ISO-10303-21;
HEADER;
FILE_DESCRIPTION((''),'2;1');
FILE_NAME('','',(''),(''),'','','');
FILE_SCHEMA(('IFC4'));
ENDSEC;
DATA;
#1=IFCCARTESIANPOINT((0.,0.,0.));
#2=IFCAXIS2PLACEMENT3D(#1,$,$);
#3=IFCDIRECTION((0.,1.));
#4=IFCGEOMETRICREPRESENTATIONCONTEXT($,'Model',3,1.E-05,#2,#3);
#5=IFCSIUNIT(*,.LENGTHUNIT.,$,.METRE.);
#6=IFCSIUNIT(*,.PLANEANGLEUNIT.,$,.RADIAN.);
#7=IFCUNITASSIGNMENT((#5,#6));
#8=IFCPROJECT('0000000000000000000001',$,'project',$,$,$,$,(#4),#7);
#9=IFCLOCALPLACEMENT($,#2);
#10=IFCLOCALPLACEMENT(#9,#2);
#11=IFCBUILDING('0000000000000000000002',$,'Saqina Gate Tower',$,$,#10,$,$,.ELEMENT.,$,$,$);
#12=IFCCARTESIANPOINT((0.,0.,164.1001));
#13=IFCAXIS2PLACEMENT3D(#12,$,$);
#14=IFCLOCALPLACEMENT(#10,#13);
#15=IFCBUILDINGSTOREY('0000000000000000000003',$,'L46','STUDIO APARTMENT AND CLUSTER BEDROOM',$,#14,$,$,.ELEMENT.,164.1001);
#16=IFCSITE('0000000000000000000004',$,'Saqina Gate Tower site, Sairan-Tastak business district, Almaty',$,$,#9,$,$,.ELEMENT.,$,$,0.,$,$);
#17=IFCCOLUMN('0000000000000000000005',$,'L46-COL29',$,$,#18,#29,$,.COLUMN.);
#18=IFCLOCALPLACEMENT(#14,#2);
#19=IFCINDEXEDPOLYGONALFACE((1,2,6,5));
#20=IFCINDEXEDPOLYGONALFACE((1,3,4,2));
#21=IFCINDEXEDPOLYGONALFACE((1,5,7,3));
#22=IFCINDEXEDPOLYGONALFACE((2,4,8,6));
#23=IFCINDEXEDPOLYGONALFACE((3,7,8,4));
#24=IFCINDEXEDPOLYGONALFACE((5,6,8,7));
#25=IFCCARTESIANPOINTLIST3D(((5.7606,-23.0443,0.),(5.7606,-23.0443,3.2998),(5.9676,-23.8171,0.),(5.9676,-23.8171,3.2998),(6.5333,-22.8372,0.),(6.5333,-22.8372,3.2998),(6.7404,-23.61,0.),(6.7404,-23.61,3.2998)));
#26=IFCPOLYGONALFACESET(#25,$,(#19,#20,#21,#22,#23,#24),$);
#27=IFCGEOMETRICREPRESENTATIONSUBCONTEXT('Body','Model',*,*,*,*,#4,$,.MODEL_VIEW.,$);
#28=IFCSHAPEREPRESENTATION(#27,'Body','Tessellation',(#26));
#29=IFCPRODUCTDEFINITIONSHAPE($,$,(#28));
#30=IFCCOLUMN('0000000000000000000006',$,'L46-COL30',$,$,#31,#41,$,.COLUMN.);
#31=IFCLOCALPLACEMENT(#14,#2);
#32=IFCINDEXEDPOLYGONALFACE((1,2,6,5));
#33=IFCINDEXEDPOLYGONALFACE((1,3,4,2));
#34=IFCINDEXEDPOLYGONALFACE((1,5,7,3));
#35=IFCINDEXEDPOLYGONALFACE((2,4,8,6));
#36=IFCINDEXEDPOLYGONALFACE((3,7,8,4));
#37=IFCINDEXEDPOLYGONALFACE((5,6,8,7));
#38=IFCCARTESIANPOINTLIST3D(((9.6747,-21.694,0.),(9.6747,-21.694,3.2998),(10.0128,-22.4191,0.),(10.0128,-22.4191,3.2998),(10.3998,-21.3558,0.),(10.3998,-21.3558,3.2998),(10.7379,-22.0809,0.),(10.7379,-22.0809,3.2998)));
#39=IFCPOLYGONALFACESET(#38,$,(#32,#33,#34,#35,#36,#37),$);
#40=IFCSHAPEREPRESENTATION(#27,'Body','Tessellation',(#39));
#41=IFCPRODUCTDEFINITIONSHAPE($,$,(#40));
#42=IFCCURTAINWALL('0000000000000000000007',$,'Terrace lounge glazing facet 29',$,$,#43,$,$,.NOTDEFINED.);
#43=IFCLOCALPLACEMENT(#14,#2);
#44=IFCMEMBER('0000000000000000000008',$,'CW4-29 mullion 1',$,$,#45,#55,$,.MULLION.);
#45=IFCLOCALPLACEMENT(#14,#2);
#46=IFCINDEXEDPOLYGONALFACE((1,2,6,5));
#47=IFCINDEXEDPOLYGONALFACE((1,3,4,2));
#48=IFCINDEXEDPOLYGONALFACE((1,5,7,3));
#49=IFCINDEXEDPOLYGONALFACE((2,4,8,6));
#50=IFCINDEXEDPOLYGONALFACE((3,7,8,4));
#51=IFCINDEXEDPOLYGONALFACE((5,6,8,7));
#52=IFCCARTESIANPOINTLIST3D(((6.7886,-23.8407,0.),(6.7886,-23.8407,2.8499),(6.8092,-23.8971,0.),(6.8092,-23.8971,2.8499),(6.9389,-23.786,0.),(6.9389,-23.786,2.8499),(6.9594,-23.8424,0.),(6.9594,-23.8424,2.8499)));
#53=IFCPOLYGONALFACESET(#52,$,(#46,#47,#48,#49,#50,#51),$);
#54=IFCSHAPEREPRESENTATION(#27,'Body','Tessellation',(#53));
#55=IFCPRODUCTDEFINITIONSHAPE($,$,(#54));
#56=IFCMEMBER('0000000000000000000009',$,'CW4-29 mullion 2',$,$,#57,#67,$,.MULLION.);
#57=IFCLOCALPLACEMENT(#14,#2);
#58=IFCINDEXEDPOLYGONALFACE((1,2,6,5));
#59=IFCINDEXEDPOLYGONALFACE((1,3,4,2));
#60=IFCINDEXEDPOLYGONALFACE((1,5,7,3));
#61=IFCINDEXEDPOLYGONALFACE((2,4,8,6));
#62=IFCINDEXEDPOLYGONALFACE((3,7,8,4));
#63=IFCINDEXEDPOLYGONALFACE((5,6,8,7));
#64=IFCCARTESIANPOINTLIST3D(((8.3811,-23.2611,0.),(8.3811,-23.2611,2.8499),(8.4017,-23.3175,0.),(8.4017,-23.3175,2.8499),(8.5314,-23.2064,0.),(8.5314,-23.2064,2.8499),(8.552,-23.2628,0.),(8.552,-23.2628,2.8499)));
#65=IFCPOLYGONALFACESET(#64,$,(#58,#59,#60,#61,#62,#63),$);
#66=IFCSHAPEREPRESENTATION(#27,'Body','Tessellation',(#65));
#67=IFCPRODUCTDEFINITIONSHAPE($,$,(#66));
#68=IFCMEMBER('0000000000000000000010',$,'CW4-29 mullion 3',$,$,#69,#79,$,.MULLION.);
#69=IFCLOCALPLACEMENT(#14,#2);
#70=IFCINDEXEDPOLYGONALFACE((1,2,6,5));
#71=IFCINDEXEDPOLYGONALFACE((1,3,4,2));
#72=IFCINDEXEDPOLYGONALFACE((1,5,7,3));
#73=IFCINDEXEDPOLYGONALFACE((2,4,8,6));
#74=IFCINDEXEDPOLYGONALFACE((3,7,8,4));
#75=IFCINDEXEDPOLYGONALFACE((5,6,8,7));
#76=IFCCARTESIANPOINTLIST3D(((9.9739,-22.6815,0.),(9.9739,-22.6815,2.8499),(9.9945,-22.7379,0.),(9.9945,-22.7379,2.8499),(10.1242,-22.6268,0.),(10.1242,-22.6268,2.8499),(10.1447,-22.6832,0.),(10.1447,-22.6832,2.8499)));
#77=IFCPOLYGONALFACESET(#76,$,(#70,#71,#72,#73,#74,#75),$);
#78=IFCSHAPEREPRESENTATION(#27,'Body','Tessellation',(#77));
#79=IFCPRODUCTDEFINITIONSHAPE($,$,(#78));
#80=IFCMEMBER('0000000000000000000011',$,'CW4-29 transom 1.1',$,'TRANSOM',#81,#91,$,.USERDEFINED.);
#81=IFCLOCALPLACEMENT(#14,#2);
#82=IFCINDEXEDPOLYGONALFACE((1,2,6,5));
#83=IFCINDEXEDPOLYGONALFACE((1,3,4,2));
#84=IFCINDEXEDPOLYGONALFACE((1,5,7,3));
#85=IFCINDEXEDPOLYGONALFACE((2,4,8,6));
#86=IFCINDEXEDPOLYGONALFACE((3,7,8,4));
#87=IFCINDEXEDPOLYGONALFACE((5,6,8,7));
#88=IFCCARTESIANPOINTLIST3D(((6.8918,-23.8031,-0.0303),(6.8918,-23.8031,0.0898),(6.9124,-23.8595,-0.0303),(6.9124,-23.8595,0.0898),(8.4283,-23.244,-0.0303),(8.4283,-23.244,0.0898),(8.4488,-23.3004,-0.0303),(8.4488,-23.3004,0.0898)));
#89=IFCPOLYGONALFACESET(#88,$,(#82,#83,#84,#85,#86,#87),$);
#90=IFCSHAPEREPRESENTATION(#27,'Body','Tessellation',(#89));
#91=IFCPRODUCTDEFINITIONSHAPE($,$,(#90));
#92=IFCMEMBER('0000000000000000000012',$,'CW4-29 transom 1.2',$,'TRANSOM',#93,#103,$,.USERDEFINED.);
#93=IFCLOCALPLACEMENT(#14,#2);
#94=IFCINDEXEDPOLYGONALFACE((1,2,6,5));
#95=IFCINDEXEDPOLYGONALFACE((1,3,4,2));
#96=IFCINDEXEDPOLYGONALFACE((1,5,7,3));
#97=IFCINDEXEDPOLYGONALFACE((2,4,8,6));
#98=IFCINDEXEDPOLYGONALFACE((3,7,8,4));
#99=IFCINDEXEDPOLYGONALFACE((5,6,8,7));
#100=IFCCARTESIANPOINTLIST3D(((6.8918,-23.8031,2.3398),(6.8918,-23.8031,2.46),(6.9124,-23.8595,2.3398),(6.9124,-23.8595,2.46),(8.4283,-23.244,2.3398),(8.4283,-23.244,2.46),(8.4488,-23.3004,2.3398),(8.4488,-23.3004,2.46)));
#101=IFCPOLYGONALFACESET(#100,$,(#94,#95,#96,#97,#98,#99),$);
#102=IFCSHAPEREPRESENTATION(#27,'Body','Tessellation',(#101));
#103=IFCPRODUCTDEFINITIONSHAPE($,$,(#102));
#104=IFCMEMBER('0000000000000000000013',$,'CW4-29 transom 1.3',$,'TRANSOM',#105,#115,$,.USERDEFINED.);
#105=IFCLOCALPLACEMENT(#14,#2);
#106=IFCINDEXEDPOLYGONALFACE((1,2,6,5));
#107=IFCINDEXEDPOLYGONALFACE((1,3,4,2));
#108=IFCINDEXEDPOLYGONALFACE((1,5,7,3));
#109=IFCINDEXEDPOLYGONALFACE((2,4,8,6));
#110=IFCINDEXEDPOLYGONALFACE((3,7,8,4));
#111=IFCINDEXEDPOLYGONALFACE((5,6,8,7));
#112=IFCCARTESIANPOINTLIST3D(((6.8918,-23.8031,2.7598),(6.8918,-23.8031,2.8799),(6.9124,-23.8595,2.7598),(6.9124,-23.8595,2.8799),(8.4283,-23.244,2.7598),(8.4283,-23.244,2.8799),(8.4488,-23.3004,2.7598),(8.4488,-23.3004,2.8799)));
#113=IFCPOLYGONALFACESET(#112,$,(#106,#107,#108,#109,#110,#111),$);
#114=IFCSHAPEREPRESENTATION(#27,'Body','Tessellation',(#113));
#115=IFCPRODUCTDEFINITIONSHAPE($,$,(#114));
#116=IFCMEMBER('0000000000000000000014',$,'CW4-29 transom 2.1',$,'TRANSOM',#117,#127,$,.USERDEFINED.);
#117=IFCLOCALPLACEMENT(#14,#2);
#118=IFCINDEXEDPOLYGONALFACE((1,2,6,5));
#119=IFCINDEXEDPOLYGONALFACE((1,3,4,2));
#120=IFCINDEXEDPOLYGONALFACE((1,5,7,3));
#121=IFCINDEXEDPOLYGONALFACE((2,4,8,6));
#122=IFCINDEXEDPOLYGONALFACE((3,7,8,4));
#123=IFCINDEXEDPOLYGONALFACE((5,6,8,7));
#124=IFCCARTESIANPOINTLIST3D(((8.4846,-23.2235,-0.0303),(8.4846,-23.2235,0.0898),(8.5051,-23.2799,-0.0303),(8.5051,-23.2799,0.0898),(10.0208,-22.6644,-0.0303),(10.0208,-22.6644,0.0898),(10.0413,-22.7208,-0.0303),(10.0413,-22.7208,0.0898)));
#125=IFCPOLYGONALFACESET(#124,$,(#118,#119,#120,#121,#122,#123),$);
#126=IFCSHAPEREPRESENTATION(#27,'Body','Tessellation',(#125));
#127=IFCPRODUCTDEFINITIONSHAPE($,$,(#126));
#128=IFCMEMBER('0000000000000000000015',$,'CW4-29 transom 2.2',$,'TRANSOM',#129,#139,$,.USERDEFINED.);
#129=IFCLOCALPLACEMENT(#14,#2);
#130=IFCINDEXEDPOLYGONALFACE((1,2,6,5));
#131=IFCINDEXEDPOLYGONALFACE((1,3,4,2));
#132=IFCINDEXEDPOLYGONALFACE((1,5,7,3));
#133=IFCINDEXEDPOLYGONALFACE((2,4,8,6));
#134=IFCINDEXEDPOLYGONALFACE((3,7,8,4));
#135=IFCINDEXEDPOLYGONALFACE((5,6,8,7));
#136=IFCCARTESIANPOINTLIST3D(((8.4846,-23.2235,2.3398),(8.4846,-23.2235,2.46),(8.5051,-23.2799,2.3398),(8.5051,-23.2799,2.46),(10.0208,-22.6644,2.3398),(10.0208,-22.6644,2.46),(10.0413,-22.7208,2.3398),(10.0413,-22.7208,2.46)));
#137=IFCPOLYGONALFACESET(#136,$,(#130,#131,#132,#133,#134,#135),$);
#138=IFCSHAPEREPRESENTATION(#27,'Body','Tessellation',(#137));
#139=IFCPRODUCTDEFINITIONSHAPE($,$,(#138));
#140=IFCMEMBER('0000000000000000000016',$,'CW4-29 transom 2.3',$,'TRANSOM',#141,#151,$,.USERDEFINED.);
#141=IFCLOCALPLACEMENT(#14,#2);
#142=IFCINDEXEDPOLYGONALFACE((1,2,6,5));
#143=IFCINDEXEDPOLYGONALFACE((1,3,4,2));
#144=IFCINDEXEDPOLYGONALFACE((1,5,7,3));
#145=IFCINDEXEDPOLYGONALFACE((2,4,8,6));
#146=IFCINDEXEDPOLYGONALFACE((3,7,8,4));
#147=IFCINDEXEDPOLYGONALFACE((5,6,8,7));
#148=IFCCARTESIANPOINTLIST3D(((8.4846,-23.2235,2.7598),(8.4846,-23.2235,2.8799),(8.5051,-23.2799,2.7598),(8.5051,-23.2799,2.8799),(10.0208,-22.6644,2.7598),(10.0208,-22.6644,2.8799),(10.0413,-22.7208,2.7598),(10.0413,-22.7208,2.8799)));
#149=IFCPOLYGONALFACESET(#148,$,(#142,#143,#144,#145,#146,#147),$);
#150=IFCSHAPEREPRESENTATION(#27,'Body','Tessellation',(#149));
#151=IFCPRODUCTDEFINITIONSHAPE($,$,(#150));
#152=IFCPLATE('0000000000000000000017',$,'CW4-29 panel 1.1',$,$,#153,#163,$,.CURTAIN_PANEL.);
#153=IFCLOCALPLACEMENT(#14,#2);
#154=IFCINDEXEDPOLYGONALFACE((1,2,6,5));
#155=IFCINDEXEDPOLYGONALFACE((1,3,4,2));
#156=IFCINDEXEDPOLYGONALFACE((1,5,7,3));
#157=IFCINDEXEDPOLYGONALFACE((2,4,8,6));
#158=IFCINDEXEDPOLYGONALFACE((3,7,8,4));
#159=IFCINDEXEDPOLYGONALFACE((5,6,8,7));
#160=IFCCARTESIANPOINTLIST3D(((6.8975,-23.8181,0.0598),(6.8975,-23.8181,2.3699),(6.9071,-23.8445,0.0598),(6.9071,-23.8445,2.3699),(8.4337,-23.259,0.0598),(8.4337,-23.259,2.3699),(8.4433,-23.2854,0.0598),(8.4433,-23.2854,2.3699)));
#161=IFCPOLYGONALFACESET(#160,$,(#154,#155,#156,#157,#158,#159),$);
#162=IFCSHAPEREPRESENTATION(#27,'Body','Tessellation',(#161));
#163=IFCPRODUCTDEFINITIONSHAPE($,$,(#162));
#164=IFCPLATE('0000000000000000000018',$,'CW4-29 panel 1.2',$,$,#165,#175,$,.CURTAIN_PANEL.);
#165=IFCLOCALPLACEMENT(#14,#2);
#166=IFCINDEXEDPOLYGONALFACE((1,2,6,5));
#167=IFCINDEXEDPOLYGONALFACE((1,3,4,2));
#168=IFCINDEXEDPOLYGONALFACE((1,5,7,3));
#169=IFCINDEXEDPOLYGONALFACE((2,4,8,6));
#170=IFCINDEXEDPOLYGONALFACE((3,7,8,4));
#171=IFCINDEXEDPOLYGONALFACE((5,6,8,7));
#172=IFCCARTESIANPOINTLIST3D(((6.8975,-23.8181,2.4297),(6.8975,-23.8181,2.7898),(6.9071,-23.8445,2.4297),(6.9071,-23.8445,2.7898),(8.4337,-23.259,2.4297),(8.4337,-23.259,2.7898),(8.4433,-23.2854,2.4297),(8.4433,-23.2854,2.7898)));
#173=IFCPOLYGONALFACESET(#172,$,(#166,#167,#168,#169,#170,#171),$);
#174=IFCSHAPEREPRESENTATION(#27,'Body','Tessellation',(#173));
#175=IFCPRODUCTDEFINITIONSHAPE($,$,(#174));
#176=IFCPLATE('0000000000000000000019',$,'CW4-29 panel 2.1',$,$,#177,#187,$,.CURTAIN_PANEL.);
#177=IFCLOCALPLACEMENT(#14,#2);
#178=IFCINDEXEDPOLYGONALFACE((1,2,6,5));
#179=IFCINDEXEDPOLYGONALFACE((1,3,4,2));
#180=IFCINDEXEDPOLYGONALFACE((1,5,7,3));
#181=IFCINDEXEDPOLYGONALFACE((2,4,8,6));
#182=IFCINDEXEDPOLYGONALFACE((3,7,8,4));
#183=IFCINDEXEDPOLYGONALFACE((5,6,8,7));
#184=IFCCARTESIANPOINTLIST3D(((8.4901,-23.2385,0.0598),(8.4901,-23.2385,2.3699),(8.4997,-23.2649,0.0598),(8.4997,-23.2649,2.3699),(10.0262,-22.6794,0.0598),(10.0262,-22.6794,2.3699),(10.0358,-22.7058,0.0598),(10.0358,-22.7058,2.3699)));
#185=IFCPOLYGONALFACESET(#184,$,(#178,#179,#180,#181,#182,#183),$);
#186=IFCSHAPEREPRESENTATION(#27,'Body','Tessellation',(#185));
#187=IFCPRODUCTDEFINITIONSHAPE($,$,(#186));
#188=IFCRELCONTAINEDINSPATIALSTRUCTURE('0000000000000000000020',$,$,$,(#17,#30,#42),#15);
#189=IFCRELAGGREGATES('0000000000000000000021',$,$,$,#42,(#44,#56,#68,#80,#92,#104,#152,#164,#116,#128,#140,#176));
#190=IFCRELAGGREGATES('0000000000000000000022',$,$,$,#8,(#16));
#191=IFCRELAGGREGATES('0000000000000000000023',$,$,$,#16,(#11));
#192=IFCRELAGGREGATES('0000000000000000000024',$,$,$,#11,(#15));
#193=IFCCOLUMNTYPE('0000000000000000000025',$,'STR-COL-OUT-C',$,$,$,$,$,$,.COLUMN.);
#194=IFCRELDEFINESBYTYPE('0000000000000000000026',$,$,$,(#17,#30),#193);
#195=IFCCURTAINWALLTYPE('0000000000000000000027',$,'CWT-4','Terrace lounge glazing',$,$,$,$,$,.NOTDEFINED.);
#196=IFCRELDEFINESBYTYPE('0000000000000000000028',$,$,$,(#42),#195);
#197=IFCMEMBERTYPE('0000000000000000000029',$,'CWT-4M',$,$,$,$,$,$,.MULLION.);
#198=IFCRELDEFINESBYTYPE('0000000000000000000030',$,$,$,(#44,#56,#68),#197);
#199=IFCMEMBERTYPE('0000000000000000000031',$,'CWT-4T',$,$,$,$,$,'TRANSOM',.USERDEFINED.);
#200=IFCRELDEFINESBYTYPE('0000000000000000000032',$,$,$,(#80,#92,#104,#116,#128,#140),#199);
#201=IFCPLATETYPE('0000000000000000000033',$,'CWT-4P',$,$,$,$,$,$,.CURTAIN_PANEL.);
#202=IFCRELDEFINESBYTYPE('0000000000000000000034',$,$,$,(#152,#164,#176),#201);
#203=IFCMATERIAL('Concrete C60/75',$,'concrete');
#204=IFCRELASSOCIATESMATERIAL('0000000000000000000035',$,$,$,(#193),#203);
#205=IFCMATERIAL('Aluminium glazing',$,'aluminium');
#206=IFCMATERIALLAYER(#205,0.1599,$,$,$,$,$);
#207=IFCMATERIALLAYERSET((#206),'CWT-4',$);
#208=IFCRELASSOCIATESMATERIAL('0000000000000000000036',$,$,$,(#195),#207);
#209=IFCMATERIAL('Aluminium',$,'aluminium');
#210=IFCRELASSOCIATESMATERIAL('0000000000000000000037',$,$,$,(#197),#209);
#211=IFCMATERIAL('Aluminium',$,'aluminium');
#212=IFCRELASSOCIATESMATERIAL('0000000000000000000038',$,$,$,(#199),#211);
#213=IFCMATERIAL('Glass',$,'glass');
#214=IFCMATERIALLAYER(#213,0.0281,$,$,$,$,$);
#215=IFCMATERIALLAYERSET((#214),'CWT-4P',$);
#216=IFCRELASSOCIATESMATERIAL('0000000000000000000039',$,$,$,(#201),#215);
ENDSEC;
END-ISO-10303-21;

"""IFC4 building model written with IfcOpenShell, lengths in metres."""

from ifc_helpers import new_model, si_unit, direction, frame, origin, origin_2d, place, context, subcontext, project, spatial, rectangle, extrude, material, layer, layer_set, material_profile, profile_set, type_object, element, aggregate, save


model = new_model("IFC4")

# Units and contexts
model_context = context("Model", 3, precision=1e-05, world=origin(), true_north=direction((0.0, 1.0)))
body_context = subcontext(model_context, "Body", "Model", "MODEL_VIEW")
ifc_project = project(units=[si_unit("LENGTHUNIT", "METRE"), si_unit("PLANEANGLEUNIT", "RADIAN")], contexts=[model_context])

# Site, building, storey
site_placement = place(None, origin())
site = spatial("IfcSite", under=ifc_project, at=site_placement, Name="Saqina Gate Tower site, Sairan-Tastak business district, Almaty", CompositionType="ELEMENT", RefElevation=0.0)
building_placement = place(site_placement, origin())
building = spatial("IfcBuilding", under=site, at=building_placement, Name="Saqina Gate Tower", CompositionType="ELEMENT")
storey_placement = place(building_placement, frame((0.0, 0.0, 164.1001)))
storey = spatial("IfcBuildingStorey", under=building, at=storey_placement, Name="L46", Description="STUDIO APARTMENT AND CLUSTER BEDROOM", CompositionType="ELEMENT", Elevation=164.1001)

# Columns
ifc_material_1 = material(Name="Concrete C60/75", Category="concrete")
ifc_material_profile_1 = material_profile(ifc_material_1, rectangle(XDim=0.8, YDim=0.8, at=origin_2d()), Name="RC 800x800")
ifc_profile_set_1 = profile_set([ifc_material_profile_1], Name="Concrete C60/75")
column_type = type_object("IfcColumnType", Name="STR-COL-OUT-C", PredefinedType="COLUMN", material=ifc_profile_set_1)
for number, where, z_axis, x_axis, name in (
    (1, (6.2505, -23.3271, 0.0), (0.0, 0.0, 1.0), (0.258819, -0.965926, 0.0), "L46-COL29"),
    (2, (10.2063, -21.8875, 0.0), (0.0, 0.0, 1.0), (0.422618, -0.906308, 0.0), "L46-COL30"),
):
    element("IfcColumn", number, at=place(storey_placement, frame(where, z_axis=z_axis, x_axis=x_axis)), inside=storey, type_object=column_type, Name=name, PredefinedType="COLUMN", context=body_context, shape_type="SweptSolid", body=[
        extrude(rectangle(XDim=0.8, YDim=0.8, at=origin_2d()), origin(), (0.0, 0.0, 1.0), 3.2998),
    ])

# Curtain wall, members, plates
ifc_material_2 = material(Name="Aluminium glazing", Category="aluminium")
ifc_layer_1 = layer(ifc_material_2, 0.1599)
ifc_layer_set_1 = layer_set([ifc_layer_1], Name="CWT-4")
curtain_wall_type = type_object("IfcCurtainWallType", Name="CWT-4", Description="Terrace lounge glazing", PredefinedType="NOTDEFINED", material=ifc_layer_set_1)
curtain_wall_placement = place(storey_placement, origin())
curtain_wall = element("IfcCurtainWall", 3, at=curtain_wall_placement, inside=storey, type_object=curtain_wall_type, Name="Terrace lounge glazing facet 29", PredefinedType="NOTDEFINED")
ifc_material_3 = material(Name="Aluminium", Category="aluminium")
ifc_material_profile_2 = material_profile(ifc_material_3, rectangle(XDim=0.0601, YDim=0.1599, at=origin_2d()), Name="Aluminium 60x160")
ifc_profile_set_2 = profile_set([ifc_material_profile_2], Name="Aluminium")
member_type_1 = type_object("IfcMemberType", Name="CWT-4M", PredefinedType="MULLION", material=ifc_profile_set_2)
member_1_placement = place(storey_placement, frame((6.874, -23.8416, 0.0), z_axis=(0.0, 0.0, 1.0), x_axis=(-0.342025, 0.939691, 0.0)))
member_1 = element("IfcMember", 4, at=member_1_placement, type_object=member_type_1, Name="CW4-29 mullion 1", PredefinedType="MULLION", context=body_context, shape_type="SweptSolid", body=[
    extrude(rectangle(XDim=0.0601, YDim=0.1599, at=origin_2d()), origin(), (0.0, 0.0, 1.0), 2.8499),
])
member_2_placement = place(storey_placement, frame((8.4666, -23.262, 0.0), z_axis=(0.0, 0.0, 1.0), x_axis=(-0.342025, 0.939691, 0.0)))
member_2 = element("IfcMember", 5, at=member_2_placement, type_object=member_type_1, Name="CW4-29 mullion 2", PredefinedType="MULLION", context=body_context, shape_type="SweptSolid", body=[
    extrude(rectangle(XDim=0.0601, YDim=0.1599, at=origin_2d()), origin(), (0.0, 0.0, 1.0), 2.8499),
])
member_3_placement = place(storey_placement, frame((10.0593, -22.6824, 0.0), z_axis=(0.0, 0.0, 1.0), x_axis=(-0.342025, 0.939691, 0.0)))
member_3 = element("IfcMember", 6, at=member_3_placement, type_object=member_type_1, Name="CW4-29 mullion 3", PredefinedType="MULLION", context=body_context, shape_type="SweptSolid", body=[
    extrude(rectangle(XDim=0.0601, YDim=0.1599, at=origin_2d()), origin(), (0.0, 0.0, 1.0), 2.8499),
])
ifc_material_4 = material(Name="Aluminium", Category="aluminium")
ifc_material_profile_3 = material_profile(ifc_material_4, rectangle(XDim=0.0601, YDim=0.1201, at=origin_2d()), Name="Aluminium 60x120")
ifc_profile_set_3 = profile_set([ifc_material_profile_3], Name="Aluminium")
member_type_2 = type_object("IfcMemberType", Name="CWT-4T", ElementType="TRANSOM", PredefinedType="USERDEFINED", material=ifc_profile_set_3)
member_4_placement = place(storey_placement, frame((6.9021, -23.8313, 0.0298), z_axis=(0.939715, 0.341959, 0.0), x_axis=(-0.341959, 0.939715, 0.0)))
member_4 = element("IfcMember", 7, at=member_4_placement, type_object=member_type_2, Name="CW4-29 transom 1.1", ObjectType="TRANSOM", PredefinedType="USERDEFINED", context=body_context, shape_type="SweptSolid", body=[
    extrude(rectangle(XDim=0.0601, YDim=0.1201, at=origin_2d()), origin(), (0.0, 0.0, 1.0), 1.635),
])
member_5_placement = place(storey_placement, frame((6.9021, -23.8313, 2.3999), z_axis=(0.939715, 0.341959, 0.0), x_axis=(-0.341959, 0.939715, 0.0)))
member_5 = element("IfcMember", 8, at=member_5_placement, type_object=member_type_2, Name="CW4-29 transom 1.2", ObjectType="TRANSOM", PredefinedType="USERDEFINED", context=body_context, shape_type="SweptSolid", body=[
    extrude(rectangle(XDim=0.0601, YDim=0.1201, at=origin_2d()), origin(), (0.0, 0.0, 1.0), 1.635),
])
member_6_placement = place(storey_placement, frame((6.9021, -23.8313, 2.8198), z_axis=(0.939715, 0.341959, 0.0), x_axis=(-0.341959, 0.939715, 0.0)))
member_6 = element("IfcMember", 9, at=member_6_placement, type_object=member_type_2, Name="CW4-29 transom 1.3", ObjectType="TRANSOM", PredefinedType="USERDEFINED", context=body_context, shape_type="SweptSolid", body=[
    extrude(rectangle(XDim=0.0601, YDim=0.1201, at=origin_2d()), origin(), (0.0, 0.0, 1.0), 1.635),
])
member_7_placement = place(storey_placement, frame((8.4949, -23.2517, 0.0298), z_axis=(0.939697, 0.342007, 0.0), x_axis=(-0.342007, 0.939697, 0.0)))
member_7 = element("IfcMember", 10, at=member_7_placement, type_object=member_type_2, Name="CW4-29 transom 2.1", ObjectType="TRANSOM", PredefinedType="USERDEFINED", context=body_context, shape_type="SweptSolid", body=[
    extrude(rectangle(XDim=0.0601, YDim=0.1201, at=origin_2d()), origin(), (0.0, 0.0, 1.0), 1.6348),
])
member_8_placement = place(storey_placement, frame((8.4949, -23.2517, 2.3999), z_axis=(0.939697, 0.342007, 0.0), x_axis=(-0.342007, 0.939697, 0.0)))
member_8 = element("IfcMember", 11, at=member_8_placement, type_object=member_type_2, Name="CW4-29 transom 2.2", ObjectType="TRANSOM", PredefinedType="USERDEFINED", context=body_context, shape_type="SweptSolid", body=[
    extrude(rectangle(XDim=0.0601, YDim=0.1201, at=origin_2d()), origin(), (0.0, 0.0, 1.0), 1.6348),
])
member_9_placement = place(storey_placement, frame((8.4949, -23.2517, 2.8198), z_axis=(0.939697, 0.342007, 0.0), x_axis=(-0.342007, 0.939697, 0.0)))
member_9 = element("IfcMember", 12, at=member_9_placement, type_object=member_type_2, Name="CW4-29 transom 2.3", ObjectType="TRANSOM", PredefinedType="USERDEFINED", context=body_context, shape_type="SweptSolid", body=[
    extrude(rectangle(XDim=0.0601, YDim=0.1201, at=origin_2d()), origin(), (0.0, 0.0, 1.0), 1.6348),
])
ifc_material_5 = material(Name="Glass", Category="glass")
ifc_layer_2 = layer(ifc_material_5, 0.0281)
ifc_layer_set_2 = layer_set([ifc_layer_2], Name="CWT-4P")
plate_type = type_object("IfcPlateType", Name="CWT-4P", PredefinedType="CURTAIN_PANEL", material=ifc_layer_set_2)
plate_1_placement = place(storey_placement, frame((7.6704, -23.5518, 0.0598), z_axis=(0.0, 0.0, 1.0), x_axis=(0.939691, 0.342025, 0.0)))
plate_1 = element("IfcPlate", 13, at=plate_1_placement, type_object=plate_type, Name="CW4-29 panel 1.1", PredefinedType="CURTAIN_PANEL", context=body_context, shape_type="SweptSolid", body=[
    extrude(rectangle(XDim=1.6348, YDim=0.0281, at=origin_2d()), origin(), (0.0, 0.0, 1.0), 2.3101),
])
plate_2_placement = place(storey_placement, frame((7.6704, -23.5518, 2.4297), z_axis=(0.0, 0.0, 1.0), x_axis=(0.939691, 0.342025, 0.0)))
plate_2 = element("IfcPlate", 14, at=plate_2_placement, type_object=plate_type, Name="CW4-29 panel 1.2", PredefinedType="CURTAIN_PANEL", context=body_context, shape_type="SweptSolid", body=[
    extrude(rectangle(XDim=1.6348, YDim=0.0281, at=origin_2d()), origin(), (0.0, 0.0, 1.0), 0.3601),
])
plate_3_placement = place(storey_placement, frame((9.2629, -22.9722, 0.0598), z_axis=(0.0, 0.0, 1.0), x_axis=(0.939691, 0.342025, 0.0)))
plate_3 = element("IfcPlate", 15, at=plate_3_placement, type_object=plate_type, Name="CW4-29 panel 2.1", PredefinedType="CURTAIN_PANEL", context=body_context, shape_type="SweptSolid", body=[
    extrude(rectangle(XDim=1.6348, YDim=0.0281, at=origin_2d()), origin(), (0.0, 0.0, 1.0), 2.3101),
])
aggregate(curtain_wall, [member_1, member_2, member_3, member_4, member_5, member_6, plate_1, plate_2, member_7, member_8, member_9, plate_3])

save(model, "model.ifc")
